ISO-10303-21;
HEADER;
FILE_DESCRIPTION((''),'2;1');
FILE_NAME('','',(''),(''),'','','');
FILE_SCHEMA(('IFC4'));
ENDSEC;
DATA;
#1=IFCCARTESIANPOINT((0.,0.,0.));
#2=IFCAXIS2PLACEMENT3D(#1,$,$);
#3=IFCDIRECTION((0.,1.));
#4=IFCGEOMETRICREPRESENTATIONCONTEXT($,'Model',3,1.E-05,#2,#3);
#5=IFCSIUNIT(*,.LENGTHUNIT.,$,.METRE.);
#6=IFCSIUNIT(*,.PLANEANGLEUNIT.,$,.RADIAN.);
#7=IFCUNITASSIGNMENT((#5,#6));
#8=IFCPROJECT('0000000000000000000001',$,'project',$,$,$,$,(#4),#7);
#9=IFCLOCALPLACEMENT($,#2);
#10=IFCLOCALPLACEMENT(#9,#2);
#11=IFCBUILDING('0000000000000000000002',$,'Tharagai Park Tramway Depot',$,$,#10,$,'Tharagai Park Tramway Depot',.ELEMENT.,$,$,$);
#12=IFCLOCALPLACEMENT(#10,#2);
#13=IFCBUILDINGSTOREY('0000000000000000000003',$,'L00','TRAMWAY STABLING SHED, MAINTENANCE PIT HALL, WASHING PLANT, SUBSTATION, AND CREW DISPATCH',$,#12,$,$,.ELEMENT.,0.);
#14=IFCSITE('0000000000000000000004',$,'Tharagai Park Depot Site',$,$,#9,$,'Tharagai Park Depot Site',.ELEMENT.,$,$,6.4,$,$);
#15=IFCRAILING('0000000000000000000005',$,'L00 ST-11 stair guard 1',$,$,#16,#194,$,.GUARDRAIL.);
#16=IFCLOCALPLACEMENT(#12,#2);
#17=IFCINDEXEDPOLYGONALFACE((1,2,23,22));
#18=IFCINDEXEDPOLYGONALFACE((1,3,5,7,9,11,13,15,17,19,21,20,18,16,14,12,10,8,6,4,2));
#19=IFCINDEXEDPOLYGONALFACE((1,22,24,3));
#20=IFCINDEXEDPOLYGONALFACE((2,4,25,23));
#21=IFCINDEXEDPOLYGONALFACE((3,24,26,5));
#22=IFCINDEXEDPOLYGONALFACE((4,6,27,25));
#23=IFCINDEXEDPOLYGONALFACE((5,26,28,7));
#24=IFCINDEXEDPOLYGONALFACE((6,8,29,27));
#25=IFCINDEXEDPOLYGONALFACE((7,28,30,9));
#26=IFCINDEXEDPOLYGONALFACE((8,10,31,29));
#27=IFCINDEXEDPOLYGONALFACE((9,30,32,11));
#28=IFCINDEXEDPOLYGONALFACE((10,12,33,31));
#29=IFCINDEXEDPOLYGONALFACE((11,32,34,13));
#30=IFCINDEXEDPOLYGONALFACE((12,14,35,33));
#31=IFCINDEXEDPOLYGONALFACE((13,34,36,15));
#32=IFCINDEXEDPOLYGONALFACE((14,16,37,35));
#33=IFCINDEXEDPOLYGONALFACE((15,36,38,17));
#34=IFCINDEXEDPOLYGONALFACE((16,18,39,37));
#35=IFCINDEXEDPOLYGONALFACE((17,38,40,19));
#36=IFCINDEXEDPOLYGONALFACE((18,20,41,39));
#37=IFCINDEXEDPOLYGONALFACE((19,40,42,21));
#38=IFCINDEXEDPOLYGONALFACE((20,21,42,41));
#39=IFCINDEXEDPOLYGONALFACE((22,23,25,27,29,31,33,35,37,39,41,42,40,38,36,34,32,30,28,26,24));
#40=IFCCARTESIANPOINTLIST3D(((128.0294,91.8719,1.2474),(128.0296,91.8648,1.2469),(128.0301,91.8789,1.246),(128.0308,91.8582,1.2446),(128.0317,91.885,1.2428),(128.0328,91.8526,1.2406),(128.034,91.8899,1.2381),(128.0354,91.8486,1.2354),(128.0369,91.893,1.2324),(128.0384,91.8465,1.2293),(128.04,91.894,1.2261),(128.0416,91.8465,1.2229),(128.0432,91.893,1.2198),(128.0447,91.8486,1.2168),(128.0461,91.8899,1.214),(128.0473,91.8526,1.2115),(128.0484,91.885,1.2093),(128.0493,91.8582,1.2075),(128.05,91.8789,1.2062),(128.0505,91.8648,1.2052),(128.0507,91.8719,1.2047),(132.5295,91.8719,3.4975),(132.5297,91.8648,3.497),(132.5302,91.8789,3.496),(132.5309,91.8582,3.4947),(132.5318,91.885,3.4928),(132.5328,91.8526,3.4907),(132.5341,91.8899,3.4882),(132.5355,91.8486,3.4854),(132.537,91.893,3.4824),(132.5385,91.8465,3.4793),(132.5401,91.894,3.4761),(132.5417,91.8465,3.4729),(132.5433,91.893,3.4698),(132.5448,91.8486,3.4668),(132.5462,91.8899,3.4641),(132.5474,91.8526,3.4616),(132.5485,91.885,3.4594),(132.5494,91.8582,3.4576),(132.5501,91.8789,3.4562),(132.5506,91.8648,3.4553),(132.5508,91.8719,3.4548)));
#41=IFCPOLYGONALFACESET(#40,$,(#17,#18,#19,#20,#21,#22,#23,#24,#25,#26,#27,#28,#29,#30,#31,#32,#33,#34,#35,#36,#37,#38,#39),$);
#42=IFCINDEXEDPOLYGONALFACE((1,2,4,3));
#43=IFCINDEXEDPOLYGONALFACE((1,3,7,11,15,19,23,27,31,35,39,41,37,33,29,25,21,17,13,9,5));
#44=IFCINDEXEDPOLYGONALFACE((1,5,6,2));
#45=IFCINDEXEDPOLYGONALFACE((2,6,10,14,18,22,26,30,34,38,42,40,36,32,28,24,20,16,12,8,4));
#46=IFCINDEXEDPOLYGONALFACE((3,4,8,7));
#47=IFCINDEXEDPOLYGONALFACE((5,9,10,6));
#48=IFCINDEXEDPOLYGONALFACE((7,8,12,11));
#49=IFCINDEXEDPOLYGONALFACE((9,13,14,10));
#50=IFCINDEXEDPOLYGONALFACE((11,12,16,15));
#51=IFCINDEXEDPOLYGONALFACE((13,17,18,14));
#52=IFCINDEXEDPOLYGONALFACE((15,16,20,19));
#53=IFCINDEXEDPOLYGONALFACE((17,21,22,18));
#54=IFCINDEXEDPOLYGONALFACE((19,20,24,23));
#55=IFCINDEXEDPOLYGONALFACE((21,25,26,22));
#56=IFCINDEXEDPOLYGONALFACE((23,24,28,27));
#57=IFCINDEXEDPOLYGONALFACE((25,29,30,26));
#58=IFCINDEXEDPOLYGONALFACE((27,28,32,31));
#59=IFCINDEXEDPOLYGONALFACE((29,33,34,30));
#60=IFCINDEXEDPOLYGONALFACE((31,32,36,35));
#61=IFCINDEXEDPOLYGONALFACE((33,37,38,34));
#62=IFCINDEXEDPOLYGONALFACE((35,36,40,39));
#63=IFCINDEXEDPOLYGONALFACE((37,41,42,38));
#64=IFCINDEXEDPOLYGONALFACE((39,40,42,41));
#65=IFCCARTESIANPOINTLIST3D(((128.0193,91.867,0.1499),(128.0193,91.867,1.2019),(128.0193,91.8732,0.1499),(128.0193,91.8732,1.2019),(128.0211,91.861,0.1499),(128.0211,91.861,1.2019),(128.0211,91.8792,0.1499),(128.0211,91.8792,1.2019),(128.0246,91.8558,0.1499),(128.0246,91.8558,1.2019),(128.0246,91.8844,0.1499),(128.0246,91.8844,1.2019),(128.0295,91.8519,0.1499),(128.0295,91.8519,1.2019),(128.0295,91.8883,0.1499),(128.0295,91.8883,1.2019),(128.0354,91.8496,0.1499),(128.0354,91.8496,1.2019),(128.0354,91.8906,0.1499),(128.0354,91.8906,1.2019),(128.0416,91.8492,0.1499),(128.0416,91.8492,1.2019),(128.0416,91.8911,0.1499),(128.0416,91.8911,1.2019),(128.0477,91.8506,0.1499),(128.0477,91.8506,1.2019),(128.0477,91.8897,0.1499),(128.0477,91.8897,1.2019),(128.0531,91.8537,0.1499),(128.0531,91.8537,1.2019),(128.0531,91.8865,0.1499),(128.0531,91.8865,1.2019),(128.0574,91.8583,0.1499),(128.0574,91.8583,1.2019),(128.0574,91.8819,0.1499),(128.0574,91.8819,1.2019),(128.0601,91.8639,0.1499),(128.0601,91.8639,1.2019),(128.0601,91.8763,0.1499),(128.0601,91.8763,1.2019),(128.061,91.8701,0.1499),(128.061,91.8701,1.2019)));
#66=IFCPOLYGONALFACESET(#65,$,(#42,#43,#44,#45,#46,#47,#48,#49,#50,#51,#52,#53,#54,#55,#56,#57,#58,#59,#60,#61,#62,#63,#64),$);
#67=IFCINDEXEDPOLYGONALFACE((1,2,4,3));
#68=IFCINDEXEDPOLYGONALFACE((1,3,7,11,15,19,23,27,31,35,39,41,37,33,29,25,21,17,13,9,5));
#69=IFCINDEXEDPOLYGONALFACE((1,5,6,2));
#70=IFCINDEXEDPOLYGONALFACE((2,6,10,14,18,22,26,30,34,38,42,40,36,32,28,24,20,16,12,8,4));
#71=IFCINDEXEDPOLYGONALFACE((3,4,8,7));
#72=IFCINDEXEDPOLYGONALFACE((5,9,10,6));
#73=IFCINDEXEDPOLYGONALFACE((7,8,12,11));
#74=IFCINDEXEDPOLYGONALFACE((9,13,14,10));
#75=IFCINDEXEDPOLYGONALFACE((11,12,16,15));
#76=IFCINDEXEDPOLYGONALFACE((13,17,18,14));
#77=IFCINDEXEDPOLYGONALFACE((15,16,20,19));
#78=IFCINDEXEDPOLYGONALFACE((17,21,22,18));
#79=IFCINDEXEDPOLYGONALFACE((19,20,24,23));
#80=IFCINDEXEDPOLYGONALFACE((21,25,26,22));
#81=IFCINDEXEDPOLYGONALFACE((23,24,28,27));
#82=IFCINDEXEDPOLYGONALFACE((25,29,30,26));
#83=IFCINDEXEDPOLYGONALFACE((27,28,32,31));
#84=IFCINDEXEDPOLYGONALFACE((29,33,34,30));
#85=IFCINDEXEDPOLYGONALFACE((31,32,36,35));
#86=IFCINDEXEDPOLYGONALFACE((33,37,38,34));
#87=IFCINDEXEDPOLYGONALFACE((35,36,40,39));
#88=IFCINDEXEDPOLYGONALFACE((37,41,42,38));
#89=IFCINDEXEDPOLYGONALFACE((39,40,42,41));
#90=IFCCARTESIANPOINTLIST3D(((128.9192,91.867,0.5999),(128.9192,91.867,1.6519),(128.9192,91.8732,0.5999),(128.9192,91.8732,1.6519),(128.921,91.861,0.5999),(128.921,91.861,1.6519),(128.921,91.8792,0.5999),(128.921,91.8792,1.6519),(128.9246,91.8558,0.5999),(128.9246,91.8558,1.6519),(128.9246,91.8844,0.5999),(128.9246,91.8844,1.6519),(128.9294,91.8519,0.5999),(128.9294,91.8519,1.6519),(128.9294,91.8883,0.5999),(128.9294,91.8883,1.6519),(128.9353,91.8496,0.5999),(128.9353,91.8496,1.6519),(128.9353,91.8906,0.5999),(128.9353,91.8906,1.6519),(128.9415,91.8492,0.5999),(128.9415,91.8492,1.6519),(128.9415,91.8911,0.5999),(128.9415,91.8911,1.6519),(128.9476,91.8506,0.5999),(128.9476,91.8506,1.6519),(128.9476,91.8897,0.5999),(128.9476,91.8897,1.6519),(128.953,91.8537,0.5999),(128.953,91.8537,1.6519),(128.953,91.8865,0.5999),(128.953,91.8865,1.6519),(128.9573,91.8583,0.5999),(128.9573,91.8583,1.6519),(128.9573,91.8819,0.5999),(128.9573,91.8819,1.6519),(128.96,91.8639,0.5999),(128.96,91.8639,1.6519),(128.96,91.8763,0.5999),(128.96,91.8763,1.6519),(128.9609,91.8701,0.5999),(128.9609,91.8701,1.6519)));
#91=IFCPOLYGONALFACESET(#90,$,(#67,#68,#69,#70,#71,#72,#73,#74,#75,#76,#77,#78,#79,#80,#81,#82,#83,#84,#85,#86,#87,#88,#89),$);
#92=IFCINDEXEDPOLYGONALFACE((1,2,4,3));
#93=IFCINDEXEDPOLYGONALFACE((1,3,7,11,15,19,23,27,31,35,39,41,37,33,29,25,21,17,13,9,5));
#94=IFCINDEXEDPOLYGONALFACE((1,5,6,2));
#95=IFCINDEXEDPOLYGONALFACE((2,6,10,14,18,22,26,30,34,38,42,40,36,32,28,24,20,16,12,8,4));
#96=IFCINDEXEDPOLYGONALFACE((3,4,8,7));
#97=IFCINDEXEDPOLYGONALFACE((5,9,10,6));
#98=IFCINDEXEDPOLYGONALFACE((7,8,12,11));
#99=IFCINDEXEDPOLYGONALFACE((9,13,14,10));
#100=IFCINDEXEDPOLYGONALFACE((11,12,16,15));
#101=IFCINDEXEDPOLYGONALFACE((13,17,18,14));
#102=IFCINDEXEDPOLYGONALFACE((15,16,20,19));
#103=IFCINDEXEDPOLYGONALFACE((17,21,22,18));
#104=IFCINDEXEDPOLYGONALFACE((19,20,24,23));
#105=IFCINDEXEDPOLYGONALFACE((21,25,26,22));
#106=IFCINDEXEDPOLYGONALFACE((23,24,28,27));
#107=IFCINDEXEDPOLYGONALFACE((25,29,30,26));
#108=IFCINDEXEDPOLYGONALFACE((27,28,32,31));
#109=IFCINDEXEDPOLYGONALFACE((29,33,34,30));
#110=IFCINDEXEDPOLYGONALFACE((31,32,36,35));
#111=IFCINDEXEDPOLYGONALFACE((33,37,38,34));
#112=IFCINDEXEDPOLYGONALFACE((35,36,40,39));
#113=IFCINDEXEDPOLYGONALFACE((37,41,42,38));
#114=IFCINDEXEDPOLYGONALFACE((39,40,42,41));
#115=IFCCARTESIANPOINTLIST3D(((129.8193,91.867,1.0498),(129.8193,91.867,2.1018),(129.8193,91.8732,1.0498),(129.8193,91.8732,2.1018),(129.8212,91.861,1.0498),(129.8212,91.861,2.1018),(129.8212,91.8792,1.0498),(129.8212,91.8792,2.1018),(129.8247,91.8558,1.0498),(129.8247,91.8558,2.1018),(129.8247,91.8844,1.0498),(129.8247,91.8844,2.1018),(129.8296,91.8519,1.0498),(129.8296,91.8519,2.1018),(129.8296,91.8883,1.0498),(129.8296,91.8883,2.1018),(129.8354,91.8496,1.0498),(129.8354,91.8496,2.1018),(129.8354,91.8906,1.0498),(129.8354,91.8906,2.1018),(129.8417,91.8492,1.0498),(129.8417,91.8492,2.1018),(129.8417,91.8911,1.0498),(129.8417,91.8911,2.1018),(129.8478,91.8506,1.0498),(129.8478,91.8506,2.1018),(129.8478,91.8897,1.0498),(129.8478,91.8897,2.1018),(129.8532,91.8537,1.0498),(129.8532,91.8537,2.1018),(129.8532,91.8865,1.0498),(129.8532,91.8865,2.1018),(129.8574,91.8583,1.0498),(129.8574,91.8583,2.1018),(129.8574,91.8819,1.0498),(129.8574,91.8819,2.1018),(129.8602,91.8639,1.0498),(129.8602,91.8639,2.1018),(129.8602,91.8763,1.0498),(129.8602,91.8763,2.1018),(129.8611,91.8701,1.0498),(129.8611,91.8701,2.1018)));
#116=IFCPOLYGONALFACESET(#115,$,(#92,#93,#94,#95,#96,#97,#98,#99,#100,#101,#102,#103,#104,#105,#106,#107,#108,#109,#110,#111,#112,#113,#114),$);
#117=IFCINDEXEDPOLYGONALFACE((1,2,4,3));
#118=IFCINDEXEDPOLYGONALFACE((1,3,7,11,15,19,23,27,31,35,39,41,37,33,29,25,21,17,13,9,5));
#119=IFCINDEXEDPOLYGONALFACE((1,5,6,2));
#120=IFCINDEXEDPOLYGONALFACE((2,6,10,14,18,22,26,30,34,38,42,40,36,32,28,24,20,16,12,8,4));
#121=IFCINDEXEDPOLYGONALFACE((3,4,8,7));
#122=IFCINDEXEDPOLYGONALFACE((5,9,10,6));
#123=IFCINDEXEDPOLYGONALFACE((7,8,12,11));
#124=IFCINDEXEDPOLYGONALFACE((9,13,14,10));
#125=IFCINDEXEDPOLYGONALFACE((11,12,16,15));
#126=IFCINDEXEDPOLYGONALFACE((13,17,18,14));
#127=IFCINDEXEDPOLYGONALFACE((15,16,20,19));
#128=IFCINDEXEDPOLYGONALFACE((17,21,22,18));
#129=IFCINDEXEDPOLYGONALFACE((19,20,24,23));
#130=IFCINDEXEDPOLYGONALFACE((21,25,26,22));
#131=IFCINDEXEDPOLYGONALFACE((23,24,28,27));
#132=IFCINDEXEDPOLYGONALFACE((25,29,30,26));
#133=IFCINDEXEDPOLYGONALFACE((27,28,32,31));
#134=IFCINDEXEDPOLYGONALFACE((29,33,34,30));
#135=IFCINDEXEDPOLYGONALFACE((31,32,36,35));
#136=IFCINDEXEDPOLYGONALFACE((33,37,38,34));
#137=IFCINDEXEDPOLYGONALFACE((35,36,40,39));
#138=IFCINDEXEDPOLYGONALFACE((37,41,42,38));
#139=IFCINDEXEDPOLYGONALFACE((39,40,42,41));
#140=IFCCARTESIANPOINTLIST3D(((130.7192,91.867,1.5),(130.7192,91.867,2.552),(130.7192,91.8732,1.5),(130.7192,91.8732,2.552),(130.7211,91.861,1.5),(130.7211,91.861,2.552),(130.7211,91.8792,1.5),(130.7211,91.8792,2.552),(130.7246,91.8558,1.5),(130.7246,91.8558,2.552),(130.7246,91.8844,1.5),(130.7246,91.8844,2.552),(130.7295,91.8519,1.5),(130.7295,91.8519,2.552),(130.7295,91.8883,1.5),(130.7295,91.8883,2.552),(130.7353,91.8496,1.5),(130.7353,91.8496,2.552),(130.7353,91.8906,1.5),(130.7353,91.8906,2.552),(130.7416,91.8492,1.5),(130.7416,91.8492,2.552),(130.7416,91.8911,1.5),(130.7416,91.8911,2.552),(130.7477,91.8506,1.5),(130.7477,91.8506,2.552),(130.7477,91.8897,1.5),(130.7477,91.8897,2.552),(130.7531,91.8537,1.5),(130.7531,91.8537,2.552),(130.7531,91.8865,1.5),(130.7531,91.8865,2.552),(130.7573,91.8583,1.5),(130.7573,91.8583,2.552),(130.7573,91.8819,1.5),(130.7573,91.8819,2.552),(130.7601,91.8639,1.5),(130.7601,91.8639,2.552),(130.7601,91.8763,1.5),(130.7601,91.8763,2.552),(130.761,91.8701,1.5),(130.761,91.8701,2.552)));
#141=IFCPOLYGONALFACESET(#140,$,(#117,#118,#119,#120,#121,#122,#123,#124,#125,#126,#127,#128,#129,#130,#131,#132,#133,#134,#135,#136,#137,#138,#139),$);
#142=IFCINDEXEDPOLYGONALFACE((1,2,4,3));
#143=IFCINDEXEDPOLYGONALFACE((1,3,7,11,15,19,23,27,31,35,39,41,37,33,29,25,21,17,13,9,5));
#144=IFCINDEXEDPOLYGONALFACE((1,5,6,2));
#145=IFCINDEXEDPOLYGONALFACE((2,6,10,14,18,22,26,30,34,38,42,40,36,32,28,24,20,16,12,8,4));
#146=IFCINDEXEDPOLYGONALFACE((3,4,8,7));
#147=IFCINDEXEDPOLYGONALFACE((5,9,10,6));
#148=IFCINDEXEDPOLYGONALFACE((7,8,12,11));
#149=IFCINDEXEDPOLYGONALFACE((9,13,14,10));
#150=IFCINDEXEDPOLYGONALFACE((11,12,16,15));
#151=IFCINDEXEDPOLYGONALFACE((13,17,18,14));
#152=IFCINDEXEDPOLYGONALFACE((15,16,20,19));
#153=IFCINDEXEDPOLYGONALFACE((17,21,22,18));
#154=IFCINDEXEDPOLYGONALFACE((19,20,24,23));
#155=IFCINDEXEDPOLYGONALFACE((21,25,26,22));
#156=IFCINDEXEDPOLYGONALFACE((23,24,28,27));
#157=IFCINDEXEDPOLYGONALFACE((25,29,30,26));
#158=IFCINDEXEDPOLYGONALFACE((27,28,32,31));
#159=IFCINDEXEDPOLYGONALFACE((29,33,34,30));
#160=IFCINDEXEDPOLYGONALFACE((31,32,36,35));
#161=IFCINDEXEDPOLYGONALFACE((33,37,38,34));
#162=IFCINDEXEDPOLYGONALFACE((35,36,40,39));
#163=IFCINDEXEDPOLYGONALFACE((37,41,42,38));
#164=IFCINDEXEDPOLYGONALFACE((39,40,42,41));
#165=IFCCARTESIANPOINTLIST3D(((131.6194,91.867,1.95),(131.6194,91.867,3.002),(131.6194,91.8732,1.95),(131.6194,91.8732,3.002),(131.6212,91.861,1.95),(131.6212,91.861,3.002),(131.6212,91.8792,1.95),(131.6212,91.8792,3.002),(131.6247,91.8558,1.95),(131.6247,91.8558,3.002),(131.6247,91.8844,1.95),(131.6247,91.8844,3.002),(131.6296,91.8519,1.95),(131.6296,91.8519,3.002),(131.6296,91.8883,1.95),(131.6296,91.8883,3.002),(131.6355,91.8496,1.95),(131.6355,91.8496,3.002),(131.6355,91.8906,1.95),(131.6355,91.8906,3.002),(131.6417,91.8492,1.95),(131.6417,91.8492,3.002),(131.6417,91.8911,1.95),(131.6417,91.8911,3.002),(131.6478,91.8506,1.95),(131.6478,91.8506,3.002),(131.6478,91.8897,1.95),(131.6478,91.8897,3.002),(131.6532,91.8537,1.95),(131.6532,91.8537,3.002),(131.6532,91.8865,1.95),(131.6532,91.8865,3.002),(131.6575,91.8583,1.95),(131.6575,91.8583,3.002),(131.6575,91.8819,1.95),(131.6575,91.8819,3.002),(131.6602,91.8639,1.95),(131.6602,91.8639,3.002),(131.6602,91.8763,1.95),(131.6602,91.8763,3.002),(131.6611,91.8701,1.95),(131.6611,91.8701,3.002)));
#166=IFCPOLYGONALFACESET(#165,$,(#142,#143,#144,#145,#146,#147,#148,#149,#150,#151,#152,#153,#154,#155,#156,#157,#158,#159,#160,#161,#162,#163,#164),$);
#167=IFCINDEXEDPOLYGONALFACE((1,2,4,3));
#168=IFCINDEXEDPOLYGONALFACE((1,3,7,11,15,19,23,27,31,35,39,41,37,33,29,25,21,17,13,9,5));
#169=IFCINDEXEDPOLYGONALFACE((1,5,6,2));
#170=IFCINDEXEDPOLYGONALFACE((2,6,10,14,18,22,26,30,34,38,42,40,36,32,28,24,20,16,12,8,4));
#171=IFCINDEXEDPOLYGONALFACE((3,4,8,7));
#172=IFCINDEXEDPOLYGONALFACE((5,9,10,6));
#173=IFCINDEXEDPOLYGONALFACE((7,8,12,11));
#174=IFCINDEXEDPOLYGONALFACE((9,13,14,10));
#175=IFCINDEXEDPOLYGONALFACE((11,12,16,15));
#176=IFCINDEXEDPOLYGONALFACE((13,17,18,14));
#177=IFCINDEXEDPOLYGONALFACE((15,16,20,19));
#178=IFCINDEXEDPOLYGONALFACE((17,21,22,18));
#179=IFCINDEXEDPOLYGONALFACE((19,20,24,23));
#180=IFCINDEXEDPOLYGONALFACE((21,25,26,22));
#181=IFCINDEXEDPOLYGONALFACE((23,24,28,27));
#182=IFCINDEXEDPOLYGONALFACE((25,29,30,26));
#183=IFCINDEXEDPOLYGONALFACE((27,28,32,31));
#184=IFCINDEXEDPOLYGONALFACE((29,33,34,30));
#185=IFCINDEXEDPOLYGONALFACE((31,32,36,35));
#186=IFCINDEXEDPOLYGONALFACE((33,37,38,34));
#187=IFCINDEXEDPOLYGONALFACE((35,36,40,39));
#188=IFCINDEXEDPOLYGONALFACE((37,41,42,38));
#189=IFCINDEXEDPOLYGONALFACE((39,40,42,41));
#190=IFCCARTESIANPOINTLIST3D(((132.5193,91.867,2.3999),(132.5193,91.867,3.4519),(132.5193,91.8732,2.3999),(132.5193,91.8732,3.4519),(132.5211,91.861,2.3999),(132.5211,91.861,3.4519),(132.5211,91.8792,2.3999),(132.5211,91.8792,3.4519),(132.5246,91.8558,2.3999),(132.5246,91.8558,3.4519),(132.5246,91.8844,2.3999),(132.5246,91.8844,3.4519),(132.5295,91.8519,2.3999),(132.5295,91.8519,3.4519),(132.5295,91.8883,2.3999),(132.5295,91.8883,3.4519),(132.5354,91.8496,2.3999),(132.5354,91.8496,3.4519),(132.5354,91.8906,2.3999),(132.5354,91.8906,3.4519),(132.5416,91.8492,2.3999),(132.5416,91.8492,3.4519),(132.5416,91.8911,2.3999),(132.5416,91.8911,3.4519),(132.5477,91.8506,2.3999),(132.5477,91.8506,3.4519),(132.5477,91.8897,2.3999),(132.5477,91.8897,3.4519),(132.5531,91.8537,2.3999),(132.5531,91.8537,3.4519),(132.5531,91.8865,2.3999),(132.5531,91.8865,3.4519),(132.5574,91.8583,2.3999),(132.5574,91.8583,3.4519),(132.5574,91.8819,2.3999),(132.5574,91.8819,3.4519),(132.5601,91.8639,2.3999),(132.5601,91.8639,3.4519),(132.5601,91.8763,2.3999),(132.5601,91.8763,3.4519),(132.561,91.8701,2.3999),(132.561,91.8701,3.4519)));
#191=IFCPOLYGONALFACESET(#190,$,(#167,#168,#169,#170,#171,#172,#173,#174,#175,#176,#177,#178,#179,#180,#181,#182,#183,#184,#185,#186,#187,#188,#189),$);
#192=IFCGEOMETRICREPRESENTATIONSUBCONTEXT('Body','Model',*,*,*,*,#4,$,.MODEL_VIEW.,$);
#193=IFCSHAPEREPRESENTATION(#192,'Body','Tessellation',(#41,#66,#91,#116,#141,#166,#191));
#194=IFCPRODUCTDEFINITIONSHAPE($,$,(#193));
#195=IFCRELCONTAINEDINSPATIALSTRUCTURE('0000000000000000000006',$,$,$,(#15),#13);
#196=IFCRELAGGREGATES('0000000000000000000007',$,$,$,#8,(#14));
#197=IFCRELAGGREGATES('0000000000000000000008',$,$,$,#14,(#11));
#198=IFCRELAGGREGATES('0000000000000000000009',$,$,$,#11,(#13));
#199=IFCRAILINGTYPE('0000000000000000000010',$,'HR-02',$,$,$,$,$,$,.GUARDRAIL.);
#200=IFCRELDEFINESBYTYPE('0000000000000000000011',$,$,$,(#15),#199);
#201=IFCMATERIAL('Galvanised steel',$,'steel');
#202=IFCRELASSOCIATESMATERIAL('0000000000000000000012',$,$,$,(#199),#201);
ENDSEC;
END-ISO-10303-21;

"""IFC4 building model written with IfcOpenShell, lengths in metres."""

from ifc_helpers import new_model, si_unit, direction, frame, origin, origin_2d, place, context, subcontext, project, spatial, circle, extrude, material, type_object, element, save


model = new_model("IFC4")

# Units and contexts
model_context = context("Model", 3, precision=1e-05, world=origin(), true_north=direction((0.0, 1.0)))
body_context = subcontext(model_context, "Body", "Model", "MODEL_VIEW")
ifc_project = project(units=[si_unit("LENGTHUNIT", "METRE"), si_unit("PLANEANGLEUNIT", "RADIAN")], contexts=[model_context])

# Site, building, storey
site_placement = place(None, origin())
site = spatial("IfcSite", under=ifc_project, at=site_placement, Name="Tharagai Park Depot Site", LongName="Tharagai Park Depot Site", CompositionType="ELEMENT", RefElevation=6.4)
building_placement = place(site_placement, origin())
building = spatial("IfcBuilding", under=site, at=building_placement, Name="Tharagai Park Tramway Depot", LongName="Tharagai Park Tramway Depot", CompositionType="ELEMENT")
storey_placement = place(building_placement, origin())
storey = spatial("IfcBuildingStorey", under=building, at=storey_placement, Name="L00", Description="TRAMWAY STABLING SHED, MAINTENANCE PIT HALL, WASHING PLANT, SUBSTATION, AND CREW DISPATCH", CompositionType="ELEMENT", Elevation=0.0)

# Shared definitions
ifc_material_1 = material(Name="Galvanised steel", Category="steel")

# Railing
railing_type = type_object("IfcRailingType", Name="HR-02", PredefinedType="GUARDRAIL", material=ifc_material_1)
railing_1_placement = place(storey_placement, frame((128.04, 91.8701, 0.1499)))
element("IfcRailing", 1, at=railing_1_placement, inside=storey, type_object=railing_type, Name="L00 ST-11 stair guard 1", PredefinedType="GUARDRAIL", context=body_context, shape_type="SweptSolid", body=[
    extrude(circle(Radius=0.0239, at=origin_2d()), frame((0.0, 0.0, 1.0762), z_axis=(0.894427, 0.0, 0.447214), x_axis=(0.0, 1.0, 0.0)), (0.0, 0.0, 1.0), 5.0312),
    extrude(circle(Radius=0.021, at=origin_2d()), origin(), (0.0, 0.0, 1.0), 1.052),
    extrude(circle(Radius=0.021, at=origin_2d()), frame((0.8999, 0.0, 0.45)), (0.0, 0.0, 1.0), 1.052),
    extrude(circle(Radius=0.021, at=origin_2d()), frame((1.8, 0.0, 0.8999)), (0.0, 0.0, 1.0), 1.052),
    extrude(circle(Radius=0.021, at=origin_2d()), frame((2.7, 0.0, 1.3501)), (0.0, 0.0, 1.0), 1.052),
    extrude(circle(Radius=0.021, at=origin_2d()), frame((3.6001, 0.0, 1.8)), (0.0, 0.0, 1.0), 1.052),
    extrude(circle(Radius=0.021, at=origin_2d()), frame((4.5, 0.0, 2.25)), (0.0, 0.0, 1.0), 1.052),
])

save(model, "model.ifc")
